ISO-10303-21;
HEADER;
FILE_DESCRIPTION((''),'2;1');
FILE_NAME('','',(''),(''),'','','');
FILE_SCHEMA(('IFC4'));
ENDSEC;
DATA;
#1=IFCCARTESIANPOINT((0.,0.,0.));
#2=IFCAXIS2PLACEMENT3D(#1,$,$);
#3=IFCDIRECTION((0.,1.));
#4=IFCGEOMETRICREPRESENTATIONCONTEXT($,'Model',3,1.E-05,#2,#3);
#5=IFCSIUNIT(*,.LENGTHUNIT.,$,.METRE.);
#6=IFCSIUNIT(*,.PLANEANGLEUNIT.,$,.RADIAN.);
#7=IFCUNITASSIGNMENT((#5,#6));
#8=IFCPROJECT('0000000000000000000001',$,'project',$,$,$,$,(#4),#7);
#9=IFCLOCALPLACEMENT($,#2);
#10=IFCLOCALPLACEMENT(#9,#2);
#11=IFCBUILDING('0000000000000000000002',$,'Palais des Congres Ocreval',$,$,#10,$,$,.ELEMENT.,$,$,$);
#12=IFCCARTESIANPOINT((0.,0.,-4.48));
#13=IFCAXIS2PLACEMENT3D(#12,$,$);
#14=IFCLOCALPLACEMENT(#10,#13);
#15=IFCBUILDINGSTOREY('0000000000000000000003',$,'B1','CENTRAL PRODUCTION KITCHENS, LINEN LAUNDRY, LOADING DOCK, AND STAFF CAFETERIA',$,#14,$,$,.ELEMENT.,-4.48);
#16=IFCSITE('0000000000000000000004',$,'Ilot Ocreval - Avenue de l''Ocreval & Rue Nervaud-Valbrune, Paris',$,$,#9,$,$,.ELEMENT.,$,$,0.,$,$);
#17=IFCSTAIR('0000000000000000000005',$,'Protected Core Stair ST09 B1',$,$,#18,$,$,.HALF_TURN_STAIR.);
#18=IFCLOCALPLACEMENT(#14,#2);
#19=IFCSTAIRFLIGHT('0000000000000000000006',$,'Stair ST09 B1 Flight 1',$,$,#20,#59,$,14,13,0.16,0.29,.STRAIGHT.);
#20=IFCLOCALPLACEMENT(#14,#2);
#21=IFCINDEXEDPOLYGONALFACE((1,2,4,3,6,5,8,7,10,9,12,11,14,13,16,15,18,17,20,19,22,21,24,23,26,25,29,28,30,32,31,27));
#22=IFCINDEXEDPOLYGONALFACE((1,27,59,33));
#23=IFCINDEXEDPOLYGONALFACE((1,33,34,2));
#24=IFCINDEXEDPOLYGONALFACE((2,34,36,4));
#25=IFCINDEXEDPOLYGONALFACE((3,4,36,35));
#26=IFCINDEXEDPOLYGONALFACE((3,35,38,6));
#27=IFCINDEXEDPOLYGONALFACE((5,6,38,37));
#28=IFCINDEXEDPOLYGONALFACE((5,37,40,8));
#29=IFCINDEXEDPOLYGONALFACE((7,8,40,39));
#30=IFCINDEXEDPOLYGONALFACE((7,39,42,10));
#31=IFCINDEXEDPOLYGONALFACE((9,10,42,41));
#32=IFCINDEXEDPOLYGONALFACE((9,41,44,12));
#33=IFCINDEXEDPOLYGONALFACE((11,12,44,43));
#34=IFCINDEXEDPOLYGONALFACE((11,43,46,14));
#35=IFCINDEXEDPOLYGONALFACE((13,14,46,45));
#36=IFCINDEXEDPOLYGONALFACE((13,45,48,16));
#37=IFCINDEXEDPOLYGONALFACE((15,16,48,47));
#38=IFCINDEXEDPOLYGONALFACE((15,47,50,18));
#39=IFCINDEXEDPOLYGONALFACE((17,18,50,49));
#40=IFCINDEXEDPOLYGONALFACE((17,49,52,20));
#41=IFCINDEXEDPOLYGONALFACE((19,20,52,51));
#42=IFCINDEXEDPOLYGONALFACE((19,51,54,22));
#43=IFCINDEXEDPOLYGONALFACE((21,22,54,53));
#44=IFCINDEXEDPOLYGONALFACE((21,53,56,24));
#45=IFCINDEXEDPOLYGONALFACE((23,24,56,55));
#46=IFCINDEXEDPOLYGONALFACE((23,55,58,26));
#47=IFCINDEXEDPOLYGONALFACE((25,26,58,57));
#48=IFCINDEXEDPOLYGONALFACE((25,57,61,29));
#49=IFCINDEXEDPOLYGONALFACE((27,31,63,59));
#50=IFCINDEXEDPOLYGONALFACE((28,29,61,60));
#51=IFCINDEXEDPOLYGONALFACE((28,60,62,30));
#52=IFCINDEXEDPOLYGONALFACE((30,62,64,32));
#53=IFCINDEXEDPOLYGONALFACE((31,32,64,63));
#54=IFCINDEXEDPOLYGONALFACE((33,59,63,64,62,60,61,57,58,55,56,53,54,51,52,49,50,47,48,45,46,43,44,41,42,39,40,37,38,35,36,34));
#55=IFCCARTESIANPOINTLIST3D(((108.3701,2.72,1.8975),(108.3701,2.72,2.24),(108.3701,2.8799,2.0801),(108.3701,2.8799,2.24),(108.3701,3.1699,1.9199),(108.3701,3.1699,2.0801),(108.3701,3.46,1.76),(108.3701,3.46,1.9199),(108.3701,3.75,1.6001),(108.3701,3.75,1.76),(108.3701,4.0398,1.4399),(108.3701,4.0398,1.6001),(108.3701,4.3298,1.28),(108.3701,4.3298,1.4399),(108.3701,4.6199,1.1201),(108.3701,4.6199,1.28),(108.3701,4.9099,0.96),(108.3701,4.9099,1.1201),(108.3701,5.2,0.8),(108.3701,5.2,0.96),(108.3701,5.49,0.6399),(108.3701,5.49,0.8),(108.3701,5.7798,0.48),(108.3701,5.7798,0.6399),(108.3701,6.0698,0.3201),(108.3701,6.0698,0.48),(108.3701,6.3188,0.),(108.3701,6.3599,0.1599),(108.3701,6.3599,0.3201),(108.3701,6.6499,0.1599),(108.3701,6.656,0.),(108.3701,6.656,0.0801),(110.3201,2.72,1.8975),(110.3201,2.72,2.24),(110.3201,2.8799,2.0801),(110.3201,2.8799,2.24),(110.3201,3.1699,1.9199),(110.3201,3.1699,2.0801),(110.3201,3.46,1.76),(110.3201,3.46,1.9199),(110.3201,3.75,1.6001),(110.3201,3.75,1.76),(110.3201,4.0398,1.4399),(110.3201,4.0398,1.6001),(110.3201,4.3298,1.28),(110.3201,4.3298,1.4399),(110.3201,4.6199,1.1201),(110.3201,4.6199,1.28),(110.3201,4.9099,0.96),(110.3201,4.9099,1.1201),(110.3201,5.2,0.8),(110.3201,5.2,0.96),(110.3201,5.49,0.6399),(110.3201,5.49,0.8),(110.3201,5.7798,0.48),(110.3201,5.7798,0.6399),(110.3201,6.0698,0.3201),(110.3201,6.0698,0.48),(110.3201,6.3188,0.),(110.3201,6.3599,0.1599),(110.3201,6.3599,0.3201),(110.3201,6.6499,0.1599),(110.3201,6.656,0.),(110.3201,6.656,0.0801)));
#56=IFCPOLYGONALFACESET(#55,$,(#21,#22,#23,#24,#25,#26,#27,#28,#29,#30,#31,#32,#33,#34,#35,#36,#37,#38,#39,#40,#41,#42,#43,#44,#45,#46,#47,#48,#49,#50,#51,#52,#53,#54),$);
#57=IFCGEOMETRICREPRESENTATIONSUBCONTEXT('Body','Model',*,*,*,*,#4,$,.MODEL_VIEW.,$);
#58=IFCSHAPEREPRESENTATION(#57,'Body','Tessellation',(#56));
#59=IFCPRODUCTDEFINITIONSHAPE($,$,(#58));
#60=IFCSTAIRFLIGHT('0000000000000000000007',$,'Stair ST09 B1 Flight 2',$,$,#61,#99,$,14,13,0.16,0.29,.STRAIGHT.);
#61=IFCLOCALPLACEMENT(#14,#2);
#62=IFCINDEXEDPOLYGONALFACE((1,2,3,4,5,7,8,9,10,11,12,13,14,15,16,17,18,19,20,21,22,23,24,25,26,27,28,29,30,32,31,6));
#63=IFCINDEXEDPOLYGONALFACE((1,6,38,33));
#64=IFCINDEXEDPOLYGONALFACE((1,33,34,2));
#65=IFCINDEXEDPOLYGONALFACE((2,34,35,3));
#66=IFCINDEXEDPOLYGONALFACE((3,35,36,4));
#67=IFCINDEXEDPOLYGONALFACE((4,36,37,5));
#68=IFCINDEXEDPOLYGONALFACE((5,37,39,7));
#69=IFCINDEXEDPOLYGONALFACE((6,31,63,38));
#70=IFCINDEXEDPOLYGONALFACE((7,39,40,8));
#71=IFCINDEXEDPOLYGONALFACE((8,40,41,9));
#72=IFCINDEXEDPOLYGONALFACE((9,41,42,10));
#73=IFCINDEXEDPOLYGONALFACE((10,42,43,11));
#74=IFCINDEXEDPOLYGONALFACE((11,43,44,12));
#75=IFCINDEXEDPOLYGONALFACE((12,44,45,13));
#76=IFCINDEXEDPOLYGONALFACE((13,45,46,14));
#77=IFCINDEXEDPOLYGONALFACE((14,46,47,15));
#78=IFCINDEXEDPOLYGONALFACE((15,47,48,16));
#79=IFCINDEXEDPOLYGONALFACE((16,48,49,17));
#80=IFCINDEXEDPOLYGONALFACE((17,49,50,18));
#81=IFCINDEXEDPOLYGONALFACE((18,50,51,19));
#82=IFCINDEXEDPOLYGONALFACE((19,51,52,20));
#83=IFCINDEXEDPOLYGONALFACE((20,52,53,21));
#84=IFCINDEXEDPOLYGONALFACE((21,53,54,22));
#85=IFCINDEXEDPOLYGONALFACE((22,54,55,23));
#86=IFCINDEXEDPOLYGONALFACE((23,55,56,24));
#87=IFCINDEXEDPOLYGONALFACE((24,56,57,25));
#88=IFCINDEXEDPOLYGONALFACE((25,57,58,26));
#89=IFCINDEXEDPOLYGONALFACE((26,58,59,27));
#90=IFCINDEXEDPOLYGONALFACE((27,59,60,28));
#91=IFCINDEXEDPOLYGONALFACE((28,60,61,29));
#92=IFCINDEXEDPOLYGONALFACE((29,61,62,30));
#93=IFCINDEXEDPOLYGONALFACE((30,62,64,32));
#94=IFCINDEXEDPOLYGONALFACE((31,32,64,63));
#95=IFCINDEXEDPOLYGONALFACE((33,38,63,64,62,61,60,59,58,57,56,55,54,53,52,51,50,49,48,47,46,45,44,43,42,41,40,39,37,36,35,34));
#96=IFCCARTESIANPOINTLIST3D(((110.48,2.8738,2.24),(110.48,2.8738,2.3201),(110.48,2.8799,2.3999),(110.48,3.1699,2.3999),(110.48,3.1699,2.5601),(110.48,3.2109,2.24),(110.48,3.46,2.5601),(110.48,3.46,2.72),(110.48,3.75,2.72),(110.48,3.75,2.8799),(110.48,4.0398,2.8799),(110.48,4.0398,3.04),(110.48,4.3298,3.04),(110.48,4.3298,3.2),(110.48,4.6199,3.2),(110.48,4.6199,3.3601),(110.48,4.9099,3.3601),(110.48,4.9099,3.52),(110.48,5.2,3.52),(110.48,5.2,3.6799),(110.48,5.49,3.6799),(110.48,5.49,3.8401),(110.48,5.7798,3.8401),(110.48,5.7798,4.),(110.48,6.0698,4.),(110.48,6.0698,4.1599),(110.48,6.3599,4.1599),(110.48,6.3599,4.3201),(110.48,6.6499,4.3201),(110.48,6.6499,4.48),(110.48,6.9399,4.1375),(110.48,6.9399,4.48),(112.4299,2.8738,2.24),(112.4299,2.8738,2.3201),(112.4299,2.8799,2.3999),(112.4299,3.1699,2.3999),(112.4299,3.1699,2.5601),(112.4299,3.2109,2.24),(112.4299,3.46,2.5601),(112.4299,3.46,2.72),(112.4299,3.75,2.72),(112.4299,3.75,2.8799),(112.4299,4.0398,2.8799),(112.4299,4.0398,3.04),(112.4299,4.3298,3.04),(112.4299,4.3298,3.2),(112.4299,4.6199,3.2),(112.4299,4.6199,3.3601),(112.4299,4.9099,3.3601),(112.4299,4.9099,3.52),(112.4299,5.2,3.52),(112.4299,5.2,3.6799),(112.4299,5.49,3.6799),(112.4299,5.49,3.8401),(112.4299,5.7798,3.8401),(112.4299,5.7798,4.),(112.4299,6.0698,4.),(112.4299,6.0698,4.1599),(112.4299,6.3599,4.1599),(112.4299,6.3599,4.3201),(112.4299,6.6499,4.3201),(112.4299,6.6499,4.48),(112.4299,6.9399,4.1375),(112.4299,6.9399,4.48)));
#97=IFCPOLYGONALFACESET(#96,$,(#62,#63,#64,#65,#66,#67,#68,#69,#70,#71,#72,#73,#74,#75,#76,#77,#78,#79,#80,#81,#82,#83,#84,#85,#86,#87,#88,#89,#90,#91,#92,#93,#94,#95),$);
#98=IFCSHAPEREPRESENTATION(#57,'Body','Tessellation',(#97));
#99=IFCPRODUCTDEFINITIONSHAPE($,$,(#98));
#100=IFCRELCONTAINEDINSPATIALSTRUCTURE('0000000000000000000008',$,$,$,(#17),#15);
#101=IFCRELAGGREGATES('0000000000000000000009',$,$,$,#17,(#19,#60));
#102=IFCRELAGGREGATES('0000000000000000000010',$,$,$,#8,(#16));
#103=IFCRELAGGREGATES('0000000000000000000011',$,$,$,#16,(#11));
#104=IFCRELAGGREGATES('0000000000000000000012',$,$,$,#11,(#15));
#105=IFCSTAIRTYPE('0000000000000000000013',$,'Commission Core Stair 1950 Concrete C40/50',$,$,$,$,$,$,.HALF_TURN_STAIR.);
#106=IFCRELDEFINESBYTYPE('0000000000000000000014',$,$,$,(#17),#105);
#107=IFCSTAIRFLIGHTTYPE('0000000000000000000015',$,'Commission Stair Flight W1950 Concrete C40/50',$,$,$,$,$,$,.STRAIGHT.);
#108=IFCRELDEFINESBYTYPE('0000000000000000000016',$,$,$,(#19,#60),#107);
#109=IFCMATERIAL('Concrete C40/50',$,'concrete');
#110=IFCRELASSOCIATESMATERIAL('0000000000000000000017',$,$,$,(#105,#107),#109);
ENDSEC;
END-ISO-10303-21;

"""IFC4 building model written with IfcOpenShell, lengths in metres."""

from ifc_helpers import new_model, si_unit, direction, frame, origin, place, context, subcontext, project, spatial, polyline, outline, extrude, material, type_object, element, aggregate, save


model = new_model("IFC4")

# Units and contexts
model_context = context("Model", 3, precision=1e-05, world=origin(), true_north=direction((0.0, 1.0)))
body_context = subcontext(model_context, "Body", "Model", "MODEL_VIEW")
ifc_project = project(units=[si_unit("LENGTHUNIT", "METRE"), si_unit("PLANEANGLEUNIT", "RADIAN")], contexts=[model_context])

# Site, building, storey
site_placement = place(None, origin())
site = spatial("IfcSite", under=ifc_project, at=site_placement, Name="Ilot Ocreval - Avenue de l'Ocreval & Rue Nervaud-Valbrune, Paris", CompositionType="ELEMENT", RefElevation=0.0)
building_placement = place(site_placement, origin())
building = spatial("IfcBuilding", under=site, at=building_placement, Name="Palais des Congres Ocreval", CompositionType="ELEMENT")
storey_placement = place(building_placement, frame((0.0, 0.0, -4.48)))
storey = spatial("IfcBuildingStorey", under=building, at=storey_placement, Name="B1", Description="CENTRAL PRODUCTION KITCHENS, LINEN LAUNDRY, LOADING DOCK, AND STAFF CAFETERIA", CompositionType="ELEMENT", Elevation=-4.48)

# Shared definitions
ifc_material_1 = material(Name="Concrete C40/50", Category="concrete")

# Stair, stair flights
stair_type = type_object("IfcStairType", Name="Commission Core Stair 1950 Concrete C40/50", PredefinedType="HALF_TURN_STAIR", material=ifc_material_1)
stair_placement = place(storey_placement, origin())
stair = element("IfcStair", 1, at=stair_placement, inside=storey, type_object=stair_type, Name="Protected Core Stair ST09 B1", PredefinedType="HALF_TURN_STAIR")
stair_flight_type = type_object("IfcStairFlightType", Name="Commission Stair Flight W1950 Concrete C40/50", PredefinedType="STRAIGHT", material=ifc_material_1)
stair_flight_1_placement = place(storey_placement, frame((109.345, 6.6499, 0.0), z_axis=(0.0, 0.0, 1.0), x_axis=(0.0, -1.0, 0.0)))
stair_flight_1 = element("IfcStairFlight", 2, at=stair_flight_1_placement, type_object=stair_flight_type, Name="Stair ST09 B1 Flight 1", NumberOfRisers=14, NumberOfTreads=13, PredefinedType="STRAIGHT", RiserHeight=0.16, TreadLength=0.29, context=body_context, shape_type="SweptSolid", body=[
    extrude(outline(polyline([(-0.0061, 0.0), (-0.0061, 0.0801), (0.0, 0.1599), (0.29, 0.1599), (0.29, 0.3201), (0.5801, 0.3201), (0.5801, 0.48), (0.8701, 0.48), (0.8701, 0.6399), (1.1599, 0.6399), (1.1599, 0.8), (1.45, 0.8), (1.45, 0.96), (1.74, 0.96), (1.74, 1.1201), (2.03, 1.1201), (2.03, 1.28), (2.3201, 1.28), (2.3201, 1.4399), (2.6101, 1.4399), (2.6101, 1.6001), (2.8999, 1.6001), (2.8999, 1.76), (3.1899, 1.76), (3.1899, 1.9199), (3.48, 1.9199), (3.48, 2.0801), (3.77, 2.0801), (3.77, 2.24), (3.9299, 2.24), (3.9299, 1.8975), (0.3311, 0.0), (-0.0061, 0.0)])), frame((0.0, 0.9751, 0.0), z_axis=(0.0, -1.0, 0.0), x_axis=(1.0, 0.0, 0.0)), (0.0, 0.0, 1.0), 1.95),
])
stair_flight_2_placement = place(storey_placement, frame((111.4551, 2.8799, 2.24), z_axis=(0.0, 0.0, 1.0), x_axis=(0.0, 1.0, 0.0)))
stair_flight_2 = element("IfcStairFlight", 3, at=stair_flight_2_placement, type_object=stair_flight_type, Name="Stair ST09 B1 Flight 2", NumberOfRisers=14, NumberOfTreads=13, PredefinedType="STRAIGHT", RiserHeight=0.16, TreadLength=0.29, context=body_context, shape_type="SweptSolid", body=[
    extrude(outline(polyline([(-0.0061, 0.0), (-0.0061, 0.0801), (0.0, 0.1599), (0.29, 0.1599), (0.29, 0.3201), (0.5801, 0.3201), (0.5801, 0.48), (0.8701, 0.48), (0.8701, 0.6399), (1.1599, 0.6399), (1.1599, 0.8), (1.45, 0.8), (1.45, 0.96), (1.74, 0.96), (1.74, 1.1201), (2.03, 1.1201), (2.03, 1.28), (2.3201, 1.28), (2.3201, 1.4399), (2.6101, 1.4399), (2.6101, 1.6001), (2.8999, 1.6001), (2.8999, 1.76), (3.1899, 1.76), (3.1899, 1.9199), (3.48, 1.9199), (3.48, 2.0801), (3.77, 2.0801), (3.77, 2.24), (4.0601, 2.24), (4.0601, 1.8975), (0.3311, 0.0), (-0.0061, 0.0)])), frame((0.0, 0.9751, 0.0), z_axis=(0.0, -1.0, 0.0), x_axis=(1.0, 0.0, 0.0)), (0.0, 0.0, 1.0), 1.95),
])
aggregate(stair, [stair_flight_1, stair_flight_2])

save(model, "model.ifc")
